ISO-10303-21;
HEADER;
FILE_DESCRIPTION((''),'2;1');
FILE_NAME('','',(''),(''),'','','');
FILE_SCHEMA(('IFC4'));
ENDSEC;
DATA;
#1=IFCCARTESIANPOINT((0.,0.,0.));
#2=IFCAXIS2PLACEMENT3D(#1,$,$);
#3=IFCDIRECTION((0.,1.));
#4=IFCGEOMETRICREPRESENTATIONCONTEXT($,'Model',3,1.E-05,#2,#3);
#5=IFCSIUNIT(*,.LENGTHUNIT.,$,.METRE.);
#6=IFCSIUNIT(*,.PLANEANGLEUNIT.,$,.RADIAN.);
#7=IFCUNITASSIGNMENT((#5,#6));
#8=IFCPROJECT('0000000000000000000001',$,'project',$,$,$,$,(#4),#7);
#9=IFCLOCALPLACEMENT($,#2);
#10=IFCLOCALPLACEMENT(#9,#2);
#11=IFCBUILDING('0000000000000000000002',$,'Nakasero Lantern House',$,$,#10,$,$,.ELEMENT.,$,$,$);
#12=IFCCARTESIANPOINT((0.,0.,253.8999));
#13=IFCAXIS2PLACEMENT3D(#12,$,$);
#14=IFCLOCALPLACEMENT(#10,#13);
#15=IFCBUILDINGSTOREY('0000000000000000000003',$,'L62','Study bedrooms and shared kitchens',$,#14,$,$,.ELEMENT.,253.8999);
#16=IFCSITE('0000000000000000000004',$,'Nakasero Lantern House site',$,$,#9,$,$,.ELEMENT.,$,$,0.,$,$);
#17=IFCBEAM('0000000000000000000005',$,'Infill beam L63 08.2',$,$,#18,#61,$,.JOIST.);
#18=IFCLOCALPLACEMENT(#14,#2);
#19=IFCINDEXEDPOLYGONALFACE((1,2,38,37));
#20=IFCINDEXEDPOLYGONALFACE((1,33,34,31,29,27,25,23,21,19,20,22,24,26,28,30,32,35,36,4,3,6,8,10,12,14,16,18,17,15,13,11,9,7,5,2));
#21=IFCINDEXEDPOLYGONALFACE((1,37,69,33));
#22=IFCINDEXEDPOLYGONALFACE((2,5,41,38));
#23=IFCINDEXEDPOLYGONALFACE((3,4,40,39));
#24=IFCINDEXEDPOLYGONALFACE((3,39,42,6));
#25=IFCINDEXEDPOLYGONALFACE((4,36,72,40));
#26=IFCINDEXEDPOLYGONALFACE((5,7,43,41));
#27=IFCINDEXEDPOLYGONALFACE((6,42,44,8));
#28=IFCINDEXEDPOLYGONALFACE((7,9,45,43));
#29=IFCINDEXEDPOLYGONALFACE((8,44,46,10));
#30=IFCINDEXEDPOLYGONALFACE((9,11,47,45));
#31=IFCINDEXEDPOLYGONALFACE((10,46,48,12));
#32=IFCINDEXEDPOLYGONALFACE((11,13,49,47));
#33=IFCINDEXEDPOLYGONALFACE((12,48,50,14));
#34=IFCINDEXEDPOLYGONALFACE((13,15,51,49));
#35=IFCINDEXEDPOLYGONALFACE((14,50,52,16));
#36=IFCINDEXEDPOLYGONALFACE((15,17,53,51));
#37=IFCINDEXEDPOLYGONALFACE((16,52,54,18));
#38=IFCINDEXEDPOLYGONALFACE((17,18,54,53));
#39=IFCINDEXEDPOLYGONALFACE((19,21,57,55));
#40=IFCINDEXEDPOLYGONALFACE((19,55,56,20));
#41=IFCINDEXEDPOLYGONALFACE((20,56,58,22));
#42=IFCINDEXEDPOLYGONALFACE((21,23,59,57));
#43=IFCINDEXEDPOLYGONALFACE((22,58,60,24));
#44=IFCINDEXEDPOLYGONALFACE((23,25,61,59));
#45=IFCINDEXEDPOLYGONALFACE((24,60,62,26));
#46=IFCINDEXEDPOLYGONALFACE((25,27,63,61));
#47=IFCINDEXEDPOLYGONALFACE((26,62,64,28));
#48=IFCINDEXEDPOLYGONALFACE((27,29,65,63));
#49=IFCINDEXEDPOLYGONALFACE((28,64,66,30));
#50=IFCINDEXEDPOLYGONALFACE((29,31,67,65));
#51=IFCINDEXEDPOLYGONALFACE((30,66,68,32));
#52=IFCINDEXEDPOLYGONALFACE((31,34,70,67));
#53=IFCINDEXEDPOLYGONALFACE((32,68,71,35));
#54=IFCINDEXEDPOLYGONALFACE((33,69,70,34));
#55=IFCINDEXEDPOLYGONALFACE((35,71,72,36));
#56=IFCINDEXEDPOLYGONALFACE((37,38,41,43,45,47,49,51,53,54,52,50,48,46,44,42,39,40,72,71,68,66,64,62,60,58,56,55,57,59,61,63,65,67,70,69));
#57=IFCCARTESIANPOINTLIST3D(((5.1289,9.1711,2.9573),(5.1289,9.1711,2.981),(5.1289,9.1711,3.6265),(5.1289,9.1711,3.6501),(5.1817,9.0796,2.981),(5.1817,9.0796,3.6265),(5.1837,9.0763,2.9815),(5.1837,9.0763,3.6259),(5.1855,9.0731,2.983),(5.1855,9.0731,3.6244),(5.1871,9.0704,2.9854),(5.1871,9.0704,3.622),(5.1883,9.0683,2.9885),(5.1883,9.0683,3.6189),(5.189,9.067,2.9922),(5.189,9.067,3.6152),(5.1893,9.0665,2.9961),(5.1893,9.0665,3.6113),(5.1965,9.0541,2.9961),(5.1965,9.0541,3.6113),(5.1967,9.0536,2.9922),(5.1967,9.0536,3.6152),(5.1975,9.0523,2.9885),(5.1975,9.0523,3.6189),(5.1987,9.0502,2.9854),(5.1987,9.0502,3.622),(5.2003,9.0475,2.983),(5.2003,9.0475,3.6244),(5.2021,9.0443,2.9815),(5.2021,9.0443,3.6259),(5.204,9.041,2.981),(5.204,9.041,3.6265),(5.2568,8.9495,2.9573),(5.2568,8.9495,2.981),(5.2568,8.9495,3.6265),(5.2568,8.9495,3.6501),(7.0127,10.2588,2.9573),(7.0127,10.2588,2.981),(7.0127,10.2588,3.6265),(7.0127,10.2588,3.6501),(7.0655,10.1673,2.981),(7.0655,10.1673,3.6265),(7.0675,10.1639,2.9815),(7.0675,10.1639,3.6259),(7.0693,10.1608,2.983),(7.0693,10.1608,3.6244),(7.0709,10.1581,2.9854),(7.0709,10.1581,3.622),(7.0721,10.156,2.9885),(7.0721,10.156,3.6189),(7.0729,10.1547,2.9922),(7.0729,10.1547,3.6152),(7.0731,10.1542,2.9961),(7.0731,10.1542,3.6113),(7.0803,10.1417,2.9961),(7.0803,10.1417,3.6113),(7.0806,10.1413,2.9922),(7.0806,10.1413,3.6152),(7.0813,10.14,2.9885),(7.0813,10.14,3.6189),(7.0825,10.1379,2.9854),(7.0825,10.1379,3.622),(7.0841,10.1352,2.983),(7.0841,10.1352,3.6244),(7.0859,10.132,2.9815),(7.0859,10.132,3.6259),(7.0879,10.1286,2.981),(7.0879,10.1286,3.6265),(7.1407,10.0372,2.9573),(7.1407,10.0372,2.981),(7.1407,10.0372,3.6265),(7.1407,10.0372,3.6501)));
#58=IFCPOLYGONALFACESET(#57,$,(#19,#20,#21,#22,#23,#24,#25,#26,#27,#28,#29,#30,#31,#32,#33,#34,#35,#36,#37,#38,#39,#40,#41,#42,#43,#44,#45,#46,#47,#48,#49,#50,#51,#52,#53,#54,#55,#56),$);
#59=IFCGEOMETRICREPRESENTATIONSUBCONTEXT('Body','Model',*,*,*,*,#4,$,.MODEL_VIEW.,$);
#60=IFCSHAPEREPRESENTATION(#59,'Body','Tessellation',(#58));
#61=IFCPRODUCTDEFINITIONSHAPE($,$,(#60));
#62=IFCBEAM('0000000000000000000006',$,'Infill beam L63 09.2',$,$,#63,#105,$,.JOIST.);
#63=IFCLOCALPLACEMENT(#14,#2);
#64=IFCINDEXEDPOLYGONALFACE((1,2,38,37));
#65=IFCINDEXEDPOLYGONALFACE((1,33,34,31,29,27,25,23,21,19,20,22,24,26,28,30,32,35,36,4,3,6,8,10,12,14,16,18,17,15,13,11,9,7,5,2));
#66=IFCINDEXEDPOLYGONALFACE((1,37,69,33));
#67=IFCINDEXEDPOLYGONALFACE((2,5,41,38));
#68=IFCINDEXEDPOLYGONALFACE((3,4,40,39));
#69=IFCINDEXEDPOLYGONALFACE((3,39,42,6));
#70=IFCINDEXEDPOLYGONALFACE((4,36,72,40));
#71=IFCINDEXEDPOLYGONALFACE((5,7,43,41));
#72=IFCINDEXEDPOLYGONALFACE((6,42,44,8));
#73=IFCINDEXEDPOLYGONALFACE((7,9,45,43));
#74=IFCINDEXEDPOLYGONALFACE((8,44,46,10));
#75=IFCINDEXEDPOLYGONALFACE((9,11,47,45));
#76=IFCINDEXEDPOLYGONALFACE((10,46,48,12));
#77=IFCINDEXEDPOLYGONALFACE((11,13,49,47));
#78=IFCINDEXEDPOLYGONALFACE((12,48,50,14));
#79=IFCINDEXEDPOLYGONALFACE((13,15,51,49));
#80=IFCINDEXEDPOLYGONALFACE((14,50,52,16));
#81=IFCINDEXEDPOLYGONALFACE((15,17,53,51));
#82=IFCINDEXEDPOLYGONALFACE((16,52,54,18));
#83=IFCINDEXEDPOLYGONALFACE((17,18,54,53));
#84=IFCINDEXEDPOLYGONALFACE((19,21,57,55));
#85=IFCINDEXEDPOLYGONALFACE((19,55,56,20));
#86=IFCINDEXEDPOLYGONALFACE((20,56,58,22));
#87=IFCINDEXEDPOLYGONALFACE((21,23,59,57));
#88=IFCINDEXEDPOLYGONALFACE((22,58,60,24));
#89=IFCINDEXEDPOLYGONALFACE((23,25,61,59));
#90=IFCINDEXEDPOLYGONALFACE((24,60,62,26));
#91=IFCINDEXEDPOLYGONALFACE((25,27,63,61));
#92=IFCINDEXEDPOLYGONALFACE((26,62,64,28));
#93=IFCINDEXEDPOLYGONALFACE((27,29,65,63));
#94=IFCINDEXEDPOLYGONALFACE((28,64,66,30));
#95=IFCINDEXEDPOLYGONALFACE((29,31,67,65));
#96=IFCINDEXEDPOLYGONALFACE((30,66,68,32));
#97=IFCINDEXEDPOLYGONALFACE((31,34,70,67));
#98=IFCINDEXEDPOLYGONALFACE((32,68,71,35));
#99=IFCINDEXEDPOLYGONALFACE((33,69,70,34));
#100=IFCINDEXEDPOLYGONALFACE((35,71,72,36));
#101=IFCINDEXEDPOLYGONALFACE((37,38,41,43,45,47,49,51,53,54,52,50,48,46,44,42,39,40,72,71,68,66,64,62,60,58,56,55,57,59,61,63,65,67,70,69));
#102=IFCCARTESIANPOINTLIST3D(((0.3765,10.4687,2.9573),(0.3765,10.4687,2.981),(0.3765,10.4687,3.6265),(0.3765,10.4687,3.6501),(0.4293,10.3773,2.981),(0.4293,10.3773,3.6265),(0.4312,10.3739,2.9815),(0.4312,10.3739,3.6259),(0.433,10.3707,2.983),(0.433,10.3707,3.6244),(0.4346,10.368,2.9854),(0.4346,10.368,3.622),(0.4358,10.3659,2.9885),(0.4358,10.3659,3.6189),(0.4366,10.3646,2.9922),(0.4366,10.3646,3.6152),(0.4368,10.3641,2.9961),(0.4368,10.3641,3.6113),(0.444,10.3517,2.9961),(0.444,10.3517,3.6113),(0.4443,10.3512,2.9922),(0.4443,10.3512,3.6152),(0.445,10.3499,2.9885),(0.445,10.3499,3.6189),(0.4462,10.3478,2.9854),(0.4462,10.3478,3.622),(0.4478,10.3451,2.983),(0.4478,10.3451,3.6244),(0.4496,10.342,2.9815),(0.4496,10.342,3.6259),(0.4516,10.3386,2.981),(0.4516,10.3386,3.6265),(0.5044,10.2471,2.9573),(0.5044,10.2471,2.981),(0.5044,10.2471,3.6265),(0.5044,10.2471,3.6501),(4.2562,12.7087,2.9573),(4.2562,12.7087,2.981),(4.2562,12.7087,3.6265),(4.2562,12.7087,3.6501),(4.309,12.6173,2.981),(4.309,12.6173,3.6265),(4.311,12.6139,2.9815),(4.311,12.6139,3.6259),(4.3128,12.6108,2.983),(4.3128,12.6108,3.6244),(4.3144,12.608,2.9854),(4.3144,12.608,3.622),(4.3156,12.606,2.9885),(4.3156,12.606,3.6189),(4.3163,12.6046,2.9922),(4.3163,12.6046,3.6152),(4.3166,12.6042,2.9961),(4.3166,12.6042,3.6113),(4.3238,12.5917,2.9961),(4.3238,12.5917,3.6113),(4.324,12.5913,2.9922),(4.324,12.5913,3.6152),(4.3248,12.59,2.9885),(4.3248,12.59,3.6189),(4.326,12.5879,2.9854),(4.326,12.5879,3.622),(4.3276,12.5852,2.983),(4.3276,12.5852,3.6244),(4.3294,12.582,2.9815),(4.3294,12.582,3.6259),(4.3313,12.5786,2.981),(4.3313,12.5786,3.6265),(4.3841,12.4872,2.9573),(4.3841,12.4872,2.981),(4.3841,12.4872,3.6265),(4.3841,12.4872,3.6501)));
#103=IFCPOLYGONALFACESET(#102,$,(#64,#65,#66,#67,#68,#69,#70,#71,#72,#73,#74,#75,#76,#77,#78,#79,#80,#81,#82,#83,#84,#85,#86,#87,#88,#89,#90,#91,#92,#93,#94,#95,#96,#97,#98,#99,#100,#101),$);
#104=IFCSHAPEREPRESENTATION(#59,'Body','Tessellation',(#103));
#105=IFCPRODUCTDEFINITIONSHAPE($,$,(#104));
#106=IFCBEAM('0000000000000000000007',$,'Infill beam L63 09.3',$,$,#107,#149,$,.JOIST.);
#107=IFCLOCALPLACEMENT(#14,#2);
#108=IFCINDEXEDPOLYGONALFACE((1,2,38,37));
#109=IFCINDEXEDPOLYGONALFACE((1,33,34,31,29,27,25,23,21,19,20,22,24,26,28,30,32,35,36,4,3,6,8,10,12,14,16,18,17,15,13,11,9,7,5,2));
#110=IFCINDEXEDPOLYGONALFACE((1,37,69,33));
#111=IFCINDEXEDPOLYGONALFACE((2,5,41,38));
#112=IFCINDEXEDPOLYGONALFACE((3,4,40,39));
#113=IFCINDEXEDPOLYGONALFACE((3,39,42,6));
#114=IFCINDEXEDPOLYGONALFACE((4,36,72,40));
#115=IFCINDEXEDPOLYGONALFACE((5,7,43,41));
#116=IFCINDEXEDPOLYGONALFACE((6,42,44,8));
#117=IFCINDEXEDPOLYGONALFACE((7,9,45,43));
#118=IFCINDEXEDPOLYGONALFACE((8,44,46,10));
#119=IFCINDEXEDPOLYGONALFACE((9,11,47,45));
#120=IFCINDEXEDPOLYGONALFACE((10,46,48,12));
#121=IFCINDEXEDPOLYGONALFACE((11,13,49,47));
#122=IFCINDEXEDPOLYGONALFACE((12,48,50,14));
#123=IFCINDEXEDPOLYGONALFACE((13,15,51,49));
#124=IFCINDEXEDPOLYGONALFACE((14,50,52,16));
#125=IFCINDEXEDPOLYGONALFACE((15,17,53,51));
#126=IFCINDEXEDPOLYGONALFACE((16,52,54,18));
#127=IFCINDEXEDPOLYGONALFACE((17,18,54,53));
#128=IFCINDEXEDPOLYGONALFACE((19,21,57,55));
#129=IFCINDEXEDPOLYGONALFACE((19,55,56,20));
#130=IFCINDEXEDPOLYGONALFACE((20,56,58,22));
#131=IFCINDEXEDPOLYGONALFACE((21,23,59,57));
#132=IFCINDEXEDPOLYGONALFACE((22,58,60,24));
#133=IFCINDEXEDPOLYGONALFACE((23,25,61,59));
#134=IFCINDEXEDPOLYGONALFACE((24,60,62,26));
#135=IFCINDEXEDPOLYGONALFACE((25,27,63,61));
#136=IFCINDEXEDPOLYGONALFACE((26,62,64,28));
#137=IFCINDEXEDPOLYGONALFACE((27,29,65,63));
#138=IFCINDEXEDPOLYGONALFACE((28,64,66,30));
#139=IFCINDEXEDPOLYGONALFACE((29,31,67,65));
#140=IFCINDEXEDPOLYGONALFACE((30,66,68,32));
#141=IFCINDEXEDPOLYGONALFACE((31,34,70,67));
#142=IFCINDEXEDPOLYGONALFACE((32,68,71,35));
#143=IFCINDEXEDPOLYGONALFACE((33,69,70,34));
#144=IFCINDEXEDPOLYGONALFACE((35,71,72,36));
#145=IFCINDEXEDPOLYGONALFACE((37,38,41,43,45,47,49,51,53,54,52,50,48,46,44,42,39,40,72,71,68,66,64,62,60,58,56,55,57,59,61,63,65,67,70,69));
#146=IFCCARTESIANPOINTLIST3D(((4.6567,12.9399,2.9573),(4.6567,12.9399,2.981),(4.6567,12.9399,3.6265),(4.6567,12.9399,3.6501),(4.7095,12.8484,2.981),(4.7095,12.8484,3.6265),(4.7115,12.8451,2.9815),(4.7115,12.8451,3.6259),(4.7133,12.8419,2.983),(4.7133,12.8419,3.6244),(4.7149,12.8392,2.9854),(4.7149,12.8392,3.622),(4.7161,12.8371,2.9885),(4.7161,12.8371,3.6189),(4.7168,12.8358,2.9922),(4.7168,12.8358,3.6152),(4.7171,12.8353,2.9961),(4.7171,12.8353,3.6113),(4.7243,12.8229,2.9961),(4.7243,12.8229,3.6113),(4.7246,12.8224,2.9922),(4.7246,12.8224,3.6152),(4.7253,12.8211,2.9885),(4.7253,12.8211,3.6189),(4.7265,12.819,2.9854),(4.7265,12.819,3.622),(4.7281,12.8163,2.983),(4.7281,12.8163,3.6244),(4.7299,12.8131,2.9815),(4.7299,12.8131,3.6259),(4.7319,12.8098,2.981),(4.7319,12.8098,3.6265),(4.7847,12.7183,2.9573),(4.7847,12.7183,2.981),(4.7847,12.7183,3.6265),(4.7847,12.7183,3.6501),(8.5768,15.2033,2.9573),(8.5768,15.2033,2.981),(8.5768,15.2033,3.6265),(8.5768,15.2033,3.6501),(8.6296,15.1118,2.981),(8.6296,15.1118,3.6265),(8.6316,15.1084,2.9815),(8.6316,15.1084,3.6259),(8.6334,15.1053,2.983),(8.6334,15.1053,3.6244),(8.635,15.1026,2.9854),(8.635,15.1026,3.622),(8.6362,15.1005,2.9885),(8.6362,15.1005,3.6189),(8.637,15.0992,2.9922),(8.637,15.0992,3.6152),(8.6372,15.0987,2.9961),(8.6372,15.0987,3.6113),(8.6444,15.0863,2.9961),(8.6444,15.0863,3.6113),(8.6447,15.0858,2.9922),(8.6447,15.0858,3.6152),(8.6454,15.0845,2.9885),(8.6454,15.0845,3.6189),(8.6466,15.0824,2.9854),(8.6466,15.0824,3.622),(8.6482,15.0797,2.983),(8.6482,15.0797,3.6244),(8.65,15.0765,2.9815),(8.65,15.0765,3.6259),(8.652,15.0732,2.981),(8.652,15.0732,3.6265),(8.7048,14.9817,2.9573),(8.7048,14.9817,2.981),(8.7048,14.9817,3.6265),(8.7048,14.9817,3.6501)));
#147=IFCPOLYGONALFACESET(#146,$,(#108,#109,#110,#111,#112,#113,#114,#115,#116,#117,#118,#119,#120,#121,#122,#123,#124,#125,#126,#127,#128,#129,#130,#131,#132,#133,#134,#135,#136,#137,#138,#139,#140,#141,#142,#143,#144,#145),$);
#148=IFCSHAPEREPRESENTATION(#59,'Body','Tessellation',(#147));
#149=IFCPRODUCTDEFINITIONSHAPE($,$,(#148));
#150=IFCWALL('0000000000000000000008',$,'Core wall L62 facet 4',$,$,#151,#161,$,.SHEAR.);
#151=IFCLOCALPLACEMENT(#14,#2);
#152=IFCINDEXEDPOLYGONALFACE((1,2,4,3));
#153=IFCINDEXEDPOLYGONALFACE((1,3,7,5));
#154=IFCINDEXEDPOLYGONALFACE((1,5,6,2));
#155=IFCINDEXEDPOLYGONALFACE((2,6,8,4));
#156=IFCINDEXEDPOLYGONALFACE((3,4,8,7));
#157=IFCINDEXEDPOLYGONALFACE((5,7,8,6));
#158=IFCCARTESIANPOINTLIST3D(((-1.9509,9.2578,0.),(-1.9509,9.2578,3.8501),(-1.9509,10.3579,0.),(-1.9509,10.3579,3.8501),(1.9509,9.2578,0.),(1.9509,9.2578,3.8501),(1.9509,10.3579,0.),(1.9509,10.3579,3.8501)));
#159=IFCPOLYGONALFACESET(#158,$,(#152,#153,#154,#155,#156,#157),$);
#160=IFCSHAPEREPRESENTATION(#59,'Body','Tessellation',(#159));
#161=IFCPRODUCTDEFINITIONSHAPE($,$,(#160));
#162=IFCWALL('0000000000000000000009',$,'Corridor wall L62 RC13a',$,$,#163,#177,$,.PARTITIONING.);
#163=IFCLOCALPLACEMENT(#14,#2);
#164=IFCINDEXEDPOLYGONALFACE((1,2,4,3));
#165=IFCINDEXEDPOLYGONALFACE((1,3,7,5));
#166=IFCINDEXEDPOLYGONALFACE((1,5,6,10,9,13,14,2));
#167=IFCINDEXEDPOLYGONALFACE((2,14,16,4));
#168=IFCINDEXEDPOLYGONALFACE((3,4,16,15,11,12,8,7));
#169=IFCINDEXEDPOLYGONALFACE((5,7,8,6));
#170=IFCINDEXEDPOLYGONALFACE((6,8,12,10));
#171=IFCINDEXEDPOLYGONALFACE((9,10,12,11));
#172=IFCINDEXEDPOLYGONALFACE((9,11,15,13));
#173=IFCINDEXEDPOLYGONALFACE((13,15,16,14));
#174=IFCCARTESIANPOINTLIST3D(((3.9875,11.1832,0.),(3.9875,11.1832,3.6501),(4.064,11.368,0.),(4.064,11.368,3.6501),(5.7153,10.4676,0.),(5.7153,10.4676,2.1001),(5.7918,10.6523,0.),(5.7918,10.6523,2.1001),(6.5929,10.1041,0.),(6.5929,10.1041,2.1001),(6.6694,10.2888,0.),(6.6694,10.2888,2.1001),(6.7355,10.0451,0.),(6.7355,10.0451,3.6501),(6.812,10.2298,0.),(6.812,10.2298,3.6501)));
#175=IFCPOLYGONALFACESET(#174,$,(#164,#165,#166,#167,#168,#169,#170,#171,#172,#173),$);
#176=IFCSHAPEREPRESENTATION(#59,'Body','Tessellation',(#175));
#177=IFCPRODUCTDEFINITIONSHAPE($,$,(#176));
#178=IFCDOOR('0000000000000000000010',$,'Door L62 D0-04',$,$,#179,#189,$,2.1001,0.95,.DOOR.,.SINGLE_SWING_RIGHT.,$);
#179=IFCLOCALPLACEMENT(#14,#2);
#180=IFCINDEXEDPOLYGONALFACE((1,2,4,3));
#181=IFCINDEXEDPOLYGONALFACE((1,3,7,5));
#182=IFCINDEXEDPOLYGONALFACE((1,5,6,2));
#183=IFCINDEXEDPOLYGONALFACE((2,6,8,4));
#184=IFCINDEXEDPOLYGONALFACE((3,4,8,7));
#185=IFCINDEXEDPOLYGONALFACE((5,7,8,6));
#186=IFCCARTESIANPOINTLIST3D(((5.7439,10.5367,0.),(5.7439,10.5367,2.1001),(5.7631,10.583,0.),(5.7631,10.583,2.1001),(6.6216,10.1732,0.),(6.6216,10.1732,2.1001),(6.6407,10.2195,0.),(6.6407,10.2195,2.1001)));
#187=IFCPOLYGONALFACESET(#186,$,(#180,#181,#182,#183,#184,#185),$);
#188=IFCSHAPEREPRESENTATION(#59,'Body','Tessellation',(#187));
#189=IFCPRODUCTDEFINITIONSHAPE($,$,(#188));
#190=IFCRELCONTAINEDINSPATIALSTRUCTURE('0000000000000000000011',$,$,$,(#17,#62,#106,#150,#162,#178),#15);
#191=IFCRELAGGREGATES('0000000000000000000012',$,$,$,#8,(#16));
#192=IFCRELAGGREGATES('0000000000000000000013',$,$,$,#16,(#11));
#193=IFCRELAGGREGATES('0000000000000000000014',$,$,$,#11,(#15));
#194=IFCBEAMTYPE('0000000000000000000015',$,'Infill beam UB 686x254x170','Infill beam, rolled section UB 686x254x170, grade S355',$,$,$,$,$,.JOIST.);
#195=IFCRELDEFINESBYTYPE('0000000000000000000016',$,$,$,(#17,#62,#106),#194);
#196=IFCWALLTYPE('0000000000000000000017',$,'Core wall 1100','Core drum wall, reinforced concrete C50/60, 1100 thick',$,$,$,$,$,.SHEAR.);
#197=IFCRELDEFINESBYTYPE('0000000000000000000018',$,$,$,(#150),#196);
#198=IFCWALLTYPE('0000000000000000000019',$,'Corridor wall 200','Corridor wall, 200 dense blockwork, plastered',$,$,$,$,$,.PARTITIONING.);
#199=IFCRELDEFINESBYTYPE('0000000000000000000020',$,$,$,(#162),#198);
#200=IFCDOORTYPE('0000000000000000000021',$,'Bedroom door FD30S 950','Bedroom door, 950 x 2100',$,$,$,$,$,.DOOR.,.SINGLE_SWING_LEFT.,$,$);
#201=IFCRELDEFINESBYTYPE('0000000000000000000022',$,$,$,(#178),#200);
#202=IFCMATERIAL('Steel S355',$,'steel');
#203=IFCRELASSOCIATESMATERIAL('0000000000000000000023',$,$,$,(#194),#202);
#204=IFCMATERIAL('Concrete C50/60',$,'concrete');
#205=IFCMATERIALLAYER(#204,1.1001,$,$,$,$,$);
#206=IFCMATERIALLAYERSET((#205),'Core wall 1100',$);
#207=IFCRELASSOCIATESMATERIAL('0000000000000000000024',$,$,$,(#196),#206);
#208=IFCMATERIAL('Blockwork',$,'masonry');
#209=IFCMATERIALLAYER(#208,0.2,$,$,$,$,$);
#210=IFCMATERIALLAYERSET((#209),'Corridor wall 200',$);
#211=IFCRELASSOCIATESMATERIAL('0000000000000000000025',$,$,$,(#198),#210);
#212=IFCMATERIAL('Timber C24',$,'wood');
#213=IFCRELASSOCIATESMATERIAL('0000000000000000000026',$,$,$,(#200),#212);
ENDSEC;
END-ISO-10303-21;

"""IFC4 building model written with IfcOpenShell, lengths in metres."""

from ifc_helpers import new_model, si_unit, direction, frame, frame_2d, origin, origin_2d, place, context, subcontext, project, spatial, rectangle, i_section, extrude, material, layer, layer_set, material_profile, profile_set, type_object, element, fill, save


model = new_model("IFC4")

# Units and contexts
model_context = context("Model", 3, precision=1e-05, world=origin(), true_north=direction((0.0, 1.0)))
body_context = subcontext(model_context, "Body", "Model", "MODEL_VIEW")
ifc_project = project(units=[si_unit("LENGTHUNIT", "METRE"), si_unit("PLANEANGLEUNIT", "RADIAN")], contexts=[model_context])

# Site, building, storey
site_placement = place(None, origin())
site = spatial("IfcSite", under=ifc_project, at=site_placement, Name="Nakasero Lantern House site", CompositionType="ELEMENT", RefElevation=0.0)
building_placement = place(site_placement, origin())
building = spatial("IfcBuilding", under=site, at=building_placement, Name="Nakasero Lantern House", CompositionType="ELEMENT")
storey_placement = place(building_placement, frame((0.0, 0.0, 253.8999)))
storey = spatial("IfcBuildingStorey", under=building, at=storey_placement, Name="L62", Description="Study bedrooms and shared kitchens", CompositionType="ELEMENT", Elevation=253.8999)

# Beams
ifc_material_1 = material(Name="Steel S355", Category="steel")
ifc_material_profile = material_profile(ifc_material_1, i_section(OverallWidth=0.2559, OverallDepth=0.6929, WebThickness=0.0144, FlangeThickness=0.0237, FilletRadius=0.0151, at=origin_2d()), Name="UB 686x254x170")
ifc_profile_set = profile_set([ifc_material_profile], Name="Steel S355")
beam_type = type_object("IfcBeamType", Name="Infill beam UB 686x254x170", Description="Infill beam, rolled section UB 686x254x170, grade S355", PredefinedType="JOIST", material=ifc_profile_set)
beam_1_placement = place(storey_placement, frame((5.1929, 9.0603, 3.3037), z_axis=(0.866017, 0.500014, 0.0), x_axis=(-0.500014, 0.866017, 0.0)))
element("IfcBeam", 1, at=beam_1_placement, inside=storey, type_object=beam_type, Name="Infill beam L63 08.2", PredefinedType="JOIST", context=body_context, shape_type="SweptSolid", body=[
    extrude(i_section(OverallWidth=0.2559, OverallDepth=0.6929, WebThickness=0.0144, FlangeThickness=0.0237, FilletRadius=0.0151, at=origin_2d()), origin(), (0.0, 0.0, 1.0), 2.1753),
])
beam_2_placement = place(storey_placement, frame((0.4404, 10.3579, 3.3037), z_axis=(0.866018, 0.500013, 0.0), x_axis=(-0.500013, 0.866018, 0.0)))
element("IfcBeam", 2, at=beam_2_placement, inside=storey, type_object=beam_type, Name="Infill beam L63 09.2", PredefinedType="JOIST", context=body_context, shape_type="SweptSolid", body=[
    extrude(i_section(OverallWidth=0.2559, OverallDepth=0.6929, WebThickness=0.0144, FlangeThickness=0.0237, FilletRadius=0.0151, at=origin_2d()), origin(), (0.0, 0.0, 1.0), 4.48),
])
beam_3_placement = place(storey_placement, frame((4.7207, 12.8291, 3.3037), z_axis=(0.866014, 0.50002, 0.0), x_axis=(-0.50002, 0.866014, 0.0)))
element("IfcBeam", 3, at=beam_3_placement, inside=storey, type_object=beam_type, Name="Infill beam L63 09.3", PredefinedType="JOIST", context=body_context, shape_type="SweptSolid", body=[
    extrude(i_section(OverallWidth=0.2559, OverallDepth=0.6929, WebThickness=0.0144, FlangeThickness=0.0237, FilletRadius=0.0151, at=origin_2d()), origin(), (0.0, 0.0, 1.0), 4.5266),
])

# Wall
ifc_material_2 = material(Name="Concrete C50/60", Category="concrete")
ifc_layer_1 = layer(ifc_material_2, 1.1001)
ifc_layer_set_1 = layer_set([ifc_layer_1], Name="Core wall 1100")
wall_type_1 = type_object("IfcWallType", Name="Core wall 1100", Description="Core drum wall, reinforced concrete C50/60, 1100 thick", PredefinedType="SHEAR", material=ifc_layer_set_1)
wall_1_placement = place(storey_placement, frame((1.9509, 9.8079, 0.0), z_axis=(0.0, 0.0, 1.0), x_axis=(-1.0, 0.0, 0.0)))
element("IfcWall", 4, at=wall_1_placement, inside=storey, type_object=wall_type_1, Name="Core wall L62 facet 4", PredefinedType="SHEAR", context=body_context, shape_type="SweptSolid", body=[
    extrude(rectangle(XDim=3.9019, YDim=1.1001, at=frame_2d((1.9509, 0.0))), origin(), (0.0, 0.0, 1.0), 3.8501),
])

# Wall, opening, door
ifc_material_3 = material(Name="Blockwork", Category="masonry")
ifc_layer_2 = layer(ifc_material_3, 0.2)
ifc_layer_set_2 = layer_set([ifc_layer_2], Name="Corridor wall 200")
wall_type_2 = type_object("IfcWallType", Name="Corridor wall 200", Description="Corridor wall, 200 dense blockwork, plastered", PredefinedType="PARTITIONING", material=ifc_layer_set_2)
wall_2_placement = place(storey_placement, frame((4.0256, 11.2756, 0.0), z_axis=(0.0, 0.0, 1.0), x_axis=(0.923891, -0.382656, 0.0)))
wall_2 = element("IfcWall", 5, at=wall_2_placement, inside=storey, type_object=wall_type_2, Name="Corridor wall L62 RC13a", PredefinedType="PARTITIONING", context=body_context, shape_type="SweptSolid", body=[
    extrude(rectangle(XDim=2.9744, YDim=0.2, at=frame_2d((1.4873, 0.0))), origin(), (0.0, 0.0, 1.0), 3.6501),
])
opening_1_placement = place(wall_2_placement, frame((1.8701, 0.0, 0.0)))
opening_1 = element("IfcOpeningElement", 6, at=opening_1_placement, cuts=wall_2, PredefinedType="OPENING", context=body_context, shape_type="SweptSolid", body=[
    extrude(rectangle(XDim=0.95, YDim=2.1001, at=frame_2d((0.4751, 1.05))), frame((0.0, 0.1199, 0.0), z_axis=(0.0, -1.0, 0.0), x_axis=(1.0, 0.0, 0.0)), (0.0, 0.0, 1.0), 0.24),
])
ifc_material_4 = material(Name="Timber C24", Category="wood")
door_type_1 = type_object("IfcDoorType", Name="Bedroom door FD30S 950", Description="Bedroom door, 950 x 2100", OperationType="SINGLE_SWING_LEFT", PredefinedType="DOOR", material=ifc_material_4)
door_1_placement = place(opening_1_placement, origin())
door_1 = element("IfcDoor", 7, at=door_1_placement, inside=storey, type_object=door_type_1, Name="Door L62 D0-04", OperationType="SINGLE_SWING_RIGHT", OverallHeight=2.1001, OverallWidth=0.95, PredefinedType="DOOR", context=body_context, shape_type="SweptSolid", body=[
    extrude(rectangle(XDim=0.95, YDim=2.1001, at=frame_2d((0.4751, 1.05))), frame((0.0, 0.0249, 0.0), z_axis=(0.0, -1.0, 0.0), x_axis=(1.0, 0.0, 0.0)), (0.0, 0.0, 1.0), 0.05),
])
fill(opening_1, door_1)

save(model, "model.ifc")
